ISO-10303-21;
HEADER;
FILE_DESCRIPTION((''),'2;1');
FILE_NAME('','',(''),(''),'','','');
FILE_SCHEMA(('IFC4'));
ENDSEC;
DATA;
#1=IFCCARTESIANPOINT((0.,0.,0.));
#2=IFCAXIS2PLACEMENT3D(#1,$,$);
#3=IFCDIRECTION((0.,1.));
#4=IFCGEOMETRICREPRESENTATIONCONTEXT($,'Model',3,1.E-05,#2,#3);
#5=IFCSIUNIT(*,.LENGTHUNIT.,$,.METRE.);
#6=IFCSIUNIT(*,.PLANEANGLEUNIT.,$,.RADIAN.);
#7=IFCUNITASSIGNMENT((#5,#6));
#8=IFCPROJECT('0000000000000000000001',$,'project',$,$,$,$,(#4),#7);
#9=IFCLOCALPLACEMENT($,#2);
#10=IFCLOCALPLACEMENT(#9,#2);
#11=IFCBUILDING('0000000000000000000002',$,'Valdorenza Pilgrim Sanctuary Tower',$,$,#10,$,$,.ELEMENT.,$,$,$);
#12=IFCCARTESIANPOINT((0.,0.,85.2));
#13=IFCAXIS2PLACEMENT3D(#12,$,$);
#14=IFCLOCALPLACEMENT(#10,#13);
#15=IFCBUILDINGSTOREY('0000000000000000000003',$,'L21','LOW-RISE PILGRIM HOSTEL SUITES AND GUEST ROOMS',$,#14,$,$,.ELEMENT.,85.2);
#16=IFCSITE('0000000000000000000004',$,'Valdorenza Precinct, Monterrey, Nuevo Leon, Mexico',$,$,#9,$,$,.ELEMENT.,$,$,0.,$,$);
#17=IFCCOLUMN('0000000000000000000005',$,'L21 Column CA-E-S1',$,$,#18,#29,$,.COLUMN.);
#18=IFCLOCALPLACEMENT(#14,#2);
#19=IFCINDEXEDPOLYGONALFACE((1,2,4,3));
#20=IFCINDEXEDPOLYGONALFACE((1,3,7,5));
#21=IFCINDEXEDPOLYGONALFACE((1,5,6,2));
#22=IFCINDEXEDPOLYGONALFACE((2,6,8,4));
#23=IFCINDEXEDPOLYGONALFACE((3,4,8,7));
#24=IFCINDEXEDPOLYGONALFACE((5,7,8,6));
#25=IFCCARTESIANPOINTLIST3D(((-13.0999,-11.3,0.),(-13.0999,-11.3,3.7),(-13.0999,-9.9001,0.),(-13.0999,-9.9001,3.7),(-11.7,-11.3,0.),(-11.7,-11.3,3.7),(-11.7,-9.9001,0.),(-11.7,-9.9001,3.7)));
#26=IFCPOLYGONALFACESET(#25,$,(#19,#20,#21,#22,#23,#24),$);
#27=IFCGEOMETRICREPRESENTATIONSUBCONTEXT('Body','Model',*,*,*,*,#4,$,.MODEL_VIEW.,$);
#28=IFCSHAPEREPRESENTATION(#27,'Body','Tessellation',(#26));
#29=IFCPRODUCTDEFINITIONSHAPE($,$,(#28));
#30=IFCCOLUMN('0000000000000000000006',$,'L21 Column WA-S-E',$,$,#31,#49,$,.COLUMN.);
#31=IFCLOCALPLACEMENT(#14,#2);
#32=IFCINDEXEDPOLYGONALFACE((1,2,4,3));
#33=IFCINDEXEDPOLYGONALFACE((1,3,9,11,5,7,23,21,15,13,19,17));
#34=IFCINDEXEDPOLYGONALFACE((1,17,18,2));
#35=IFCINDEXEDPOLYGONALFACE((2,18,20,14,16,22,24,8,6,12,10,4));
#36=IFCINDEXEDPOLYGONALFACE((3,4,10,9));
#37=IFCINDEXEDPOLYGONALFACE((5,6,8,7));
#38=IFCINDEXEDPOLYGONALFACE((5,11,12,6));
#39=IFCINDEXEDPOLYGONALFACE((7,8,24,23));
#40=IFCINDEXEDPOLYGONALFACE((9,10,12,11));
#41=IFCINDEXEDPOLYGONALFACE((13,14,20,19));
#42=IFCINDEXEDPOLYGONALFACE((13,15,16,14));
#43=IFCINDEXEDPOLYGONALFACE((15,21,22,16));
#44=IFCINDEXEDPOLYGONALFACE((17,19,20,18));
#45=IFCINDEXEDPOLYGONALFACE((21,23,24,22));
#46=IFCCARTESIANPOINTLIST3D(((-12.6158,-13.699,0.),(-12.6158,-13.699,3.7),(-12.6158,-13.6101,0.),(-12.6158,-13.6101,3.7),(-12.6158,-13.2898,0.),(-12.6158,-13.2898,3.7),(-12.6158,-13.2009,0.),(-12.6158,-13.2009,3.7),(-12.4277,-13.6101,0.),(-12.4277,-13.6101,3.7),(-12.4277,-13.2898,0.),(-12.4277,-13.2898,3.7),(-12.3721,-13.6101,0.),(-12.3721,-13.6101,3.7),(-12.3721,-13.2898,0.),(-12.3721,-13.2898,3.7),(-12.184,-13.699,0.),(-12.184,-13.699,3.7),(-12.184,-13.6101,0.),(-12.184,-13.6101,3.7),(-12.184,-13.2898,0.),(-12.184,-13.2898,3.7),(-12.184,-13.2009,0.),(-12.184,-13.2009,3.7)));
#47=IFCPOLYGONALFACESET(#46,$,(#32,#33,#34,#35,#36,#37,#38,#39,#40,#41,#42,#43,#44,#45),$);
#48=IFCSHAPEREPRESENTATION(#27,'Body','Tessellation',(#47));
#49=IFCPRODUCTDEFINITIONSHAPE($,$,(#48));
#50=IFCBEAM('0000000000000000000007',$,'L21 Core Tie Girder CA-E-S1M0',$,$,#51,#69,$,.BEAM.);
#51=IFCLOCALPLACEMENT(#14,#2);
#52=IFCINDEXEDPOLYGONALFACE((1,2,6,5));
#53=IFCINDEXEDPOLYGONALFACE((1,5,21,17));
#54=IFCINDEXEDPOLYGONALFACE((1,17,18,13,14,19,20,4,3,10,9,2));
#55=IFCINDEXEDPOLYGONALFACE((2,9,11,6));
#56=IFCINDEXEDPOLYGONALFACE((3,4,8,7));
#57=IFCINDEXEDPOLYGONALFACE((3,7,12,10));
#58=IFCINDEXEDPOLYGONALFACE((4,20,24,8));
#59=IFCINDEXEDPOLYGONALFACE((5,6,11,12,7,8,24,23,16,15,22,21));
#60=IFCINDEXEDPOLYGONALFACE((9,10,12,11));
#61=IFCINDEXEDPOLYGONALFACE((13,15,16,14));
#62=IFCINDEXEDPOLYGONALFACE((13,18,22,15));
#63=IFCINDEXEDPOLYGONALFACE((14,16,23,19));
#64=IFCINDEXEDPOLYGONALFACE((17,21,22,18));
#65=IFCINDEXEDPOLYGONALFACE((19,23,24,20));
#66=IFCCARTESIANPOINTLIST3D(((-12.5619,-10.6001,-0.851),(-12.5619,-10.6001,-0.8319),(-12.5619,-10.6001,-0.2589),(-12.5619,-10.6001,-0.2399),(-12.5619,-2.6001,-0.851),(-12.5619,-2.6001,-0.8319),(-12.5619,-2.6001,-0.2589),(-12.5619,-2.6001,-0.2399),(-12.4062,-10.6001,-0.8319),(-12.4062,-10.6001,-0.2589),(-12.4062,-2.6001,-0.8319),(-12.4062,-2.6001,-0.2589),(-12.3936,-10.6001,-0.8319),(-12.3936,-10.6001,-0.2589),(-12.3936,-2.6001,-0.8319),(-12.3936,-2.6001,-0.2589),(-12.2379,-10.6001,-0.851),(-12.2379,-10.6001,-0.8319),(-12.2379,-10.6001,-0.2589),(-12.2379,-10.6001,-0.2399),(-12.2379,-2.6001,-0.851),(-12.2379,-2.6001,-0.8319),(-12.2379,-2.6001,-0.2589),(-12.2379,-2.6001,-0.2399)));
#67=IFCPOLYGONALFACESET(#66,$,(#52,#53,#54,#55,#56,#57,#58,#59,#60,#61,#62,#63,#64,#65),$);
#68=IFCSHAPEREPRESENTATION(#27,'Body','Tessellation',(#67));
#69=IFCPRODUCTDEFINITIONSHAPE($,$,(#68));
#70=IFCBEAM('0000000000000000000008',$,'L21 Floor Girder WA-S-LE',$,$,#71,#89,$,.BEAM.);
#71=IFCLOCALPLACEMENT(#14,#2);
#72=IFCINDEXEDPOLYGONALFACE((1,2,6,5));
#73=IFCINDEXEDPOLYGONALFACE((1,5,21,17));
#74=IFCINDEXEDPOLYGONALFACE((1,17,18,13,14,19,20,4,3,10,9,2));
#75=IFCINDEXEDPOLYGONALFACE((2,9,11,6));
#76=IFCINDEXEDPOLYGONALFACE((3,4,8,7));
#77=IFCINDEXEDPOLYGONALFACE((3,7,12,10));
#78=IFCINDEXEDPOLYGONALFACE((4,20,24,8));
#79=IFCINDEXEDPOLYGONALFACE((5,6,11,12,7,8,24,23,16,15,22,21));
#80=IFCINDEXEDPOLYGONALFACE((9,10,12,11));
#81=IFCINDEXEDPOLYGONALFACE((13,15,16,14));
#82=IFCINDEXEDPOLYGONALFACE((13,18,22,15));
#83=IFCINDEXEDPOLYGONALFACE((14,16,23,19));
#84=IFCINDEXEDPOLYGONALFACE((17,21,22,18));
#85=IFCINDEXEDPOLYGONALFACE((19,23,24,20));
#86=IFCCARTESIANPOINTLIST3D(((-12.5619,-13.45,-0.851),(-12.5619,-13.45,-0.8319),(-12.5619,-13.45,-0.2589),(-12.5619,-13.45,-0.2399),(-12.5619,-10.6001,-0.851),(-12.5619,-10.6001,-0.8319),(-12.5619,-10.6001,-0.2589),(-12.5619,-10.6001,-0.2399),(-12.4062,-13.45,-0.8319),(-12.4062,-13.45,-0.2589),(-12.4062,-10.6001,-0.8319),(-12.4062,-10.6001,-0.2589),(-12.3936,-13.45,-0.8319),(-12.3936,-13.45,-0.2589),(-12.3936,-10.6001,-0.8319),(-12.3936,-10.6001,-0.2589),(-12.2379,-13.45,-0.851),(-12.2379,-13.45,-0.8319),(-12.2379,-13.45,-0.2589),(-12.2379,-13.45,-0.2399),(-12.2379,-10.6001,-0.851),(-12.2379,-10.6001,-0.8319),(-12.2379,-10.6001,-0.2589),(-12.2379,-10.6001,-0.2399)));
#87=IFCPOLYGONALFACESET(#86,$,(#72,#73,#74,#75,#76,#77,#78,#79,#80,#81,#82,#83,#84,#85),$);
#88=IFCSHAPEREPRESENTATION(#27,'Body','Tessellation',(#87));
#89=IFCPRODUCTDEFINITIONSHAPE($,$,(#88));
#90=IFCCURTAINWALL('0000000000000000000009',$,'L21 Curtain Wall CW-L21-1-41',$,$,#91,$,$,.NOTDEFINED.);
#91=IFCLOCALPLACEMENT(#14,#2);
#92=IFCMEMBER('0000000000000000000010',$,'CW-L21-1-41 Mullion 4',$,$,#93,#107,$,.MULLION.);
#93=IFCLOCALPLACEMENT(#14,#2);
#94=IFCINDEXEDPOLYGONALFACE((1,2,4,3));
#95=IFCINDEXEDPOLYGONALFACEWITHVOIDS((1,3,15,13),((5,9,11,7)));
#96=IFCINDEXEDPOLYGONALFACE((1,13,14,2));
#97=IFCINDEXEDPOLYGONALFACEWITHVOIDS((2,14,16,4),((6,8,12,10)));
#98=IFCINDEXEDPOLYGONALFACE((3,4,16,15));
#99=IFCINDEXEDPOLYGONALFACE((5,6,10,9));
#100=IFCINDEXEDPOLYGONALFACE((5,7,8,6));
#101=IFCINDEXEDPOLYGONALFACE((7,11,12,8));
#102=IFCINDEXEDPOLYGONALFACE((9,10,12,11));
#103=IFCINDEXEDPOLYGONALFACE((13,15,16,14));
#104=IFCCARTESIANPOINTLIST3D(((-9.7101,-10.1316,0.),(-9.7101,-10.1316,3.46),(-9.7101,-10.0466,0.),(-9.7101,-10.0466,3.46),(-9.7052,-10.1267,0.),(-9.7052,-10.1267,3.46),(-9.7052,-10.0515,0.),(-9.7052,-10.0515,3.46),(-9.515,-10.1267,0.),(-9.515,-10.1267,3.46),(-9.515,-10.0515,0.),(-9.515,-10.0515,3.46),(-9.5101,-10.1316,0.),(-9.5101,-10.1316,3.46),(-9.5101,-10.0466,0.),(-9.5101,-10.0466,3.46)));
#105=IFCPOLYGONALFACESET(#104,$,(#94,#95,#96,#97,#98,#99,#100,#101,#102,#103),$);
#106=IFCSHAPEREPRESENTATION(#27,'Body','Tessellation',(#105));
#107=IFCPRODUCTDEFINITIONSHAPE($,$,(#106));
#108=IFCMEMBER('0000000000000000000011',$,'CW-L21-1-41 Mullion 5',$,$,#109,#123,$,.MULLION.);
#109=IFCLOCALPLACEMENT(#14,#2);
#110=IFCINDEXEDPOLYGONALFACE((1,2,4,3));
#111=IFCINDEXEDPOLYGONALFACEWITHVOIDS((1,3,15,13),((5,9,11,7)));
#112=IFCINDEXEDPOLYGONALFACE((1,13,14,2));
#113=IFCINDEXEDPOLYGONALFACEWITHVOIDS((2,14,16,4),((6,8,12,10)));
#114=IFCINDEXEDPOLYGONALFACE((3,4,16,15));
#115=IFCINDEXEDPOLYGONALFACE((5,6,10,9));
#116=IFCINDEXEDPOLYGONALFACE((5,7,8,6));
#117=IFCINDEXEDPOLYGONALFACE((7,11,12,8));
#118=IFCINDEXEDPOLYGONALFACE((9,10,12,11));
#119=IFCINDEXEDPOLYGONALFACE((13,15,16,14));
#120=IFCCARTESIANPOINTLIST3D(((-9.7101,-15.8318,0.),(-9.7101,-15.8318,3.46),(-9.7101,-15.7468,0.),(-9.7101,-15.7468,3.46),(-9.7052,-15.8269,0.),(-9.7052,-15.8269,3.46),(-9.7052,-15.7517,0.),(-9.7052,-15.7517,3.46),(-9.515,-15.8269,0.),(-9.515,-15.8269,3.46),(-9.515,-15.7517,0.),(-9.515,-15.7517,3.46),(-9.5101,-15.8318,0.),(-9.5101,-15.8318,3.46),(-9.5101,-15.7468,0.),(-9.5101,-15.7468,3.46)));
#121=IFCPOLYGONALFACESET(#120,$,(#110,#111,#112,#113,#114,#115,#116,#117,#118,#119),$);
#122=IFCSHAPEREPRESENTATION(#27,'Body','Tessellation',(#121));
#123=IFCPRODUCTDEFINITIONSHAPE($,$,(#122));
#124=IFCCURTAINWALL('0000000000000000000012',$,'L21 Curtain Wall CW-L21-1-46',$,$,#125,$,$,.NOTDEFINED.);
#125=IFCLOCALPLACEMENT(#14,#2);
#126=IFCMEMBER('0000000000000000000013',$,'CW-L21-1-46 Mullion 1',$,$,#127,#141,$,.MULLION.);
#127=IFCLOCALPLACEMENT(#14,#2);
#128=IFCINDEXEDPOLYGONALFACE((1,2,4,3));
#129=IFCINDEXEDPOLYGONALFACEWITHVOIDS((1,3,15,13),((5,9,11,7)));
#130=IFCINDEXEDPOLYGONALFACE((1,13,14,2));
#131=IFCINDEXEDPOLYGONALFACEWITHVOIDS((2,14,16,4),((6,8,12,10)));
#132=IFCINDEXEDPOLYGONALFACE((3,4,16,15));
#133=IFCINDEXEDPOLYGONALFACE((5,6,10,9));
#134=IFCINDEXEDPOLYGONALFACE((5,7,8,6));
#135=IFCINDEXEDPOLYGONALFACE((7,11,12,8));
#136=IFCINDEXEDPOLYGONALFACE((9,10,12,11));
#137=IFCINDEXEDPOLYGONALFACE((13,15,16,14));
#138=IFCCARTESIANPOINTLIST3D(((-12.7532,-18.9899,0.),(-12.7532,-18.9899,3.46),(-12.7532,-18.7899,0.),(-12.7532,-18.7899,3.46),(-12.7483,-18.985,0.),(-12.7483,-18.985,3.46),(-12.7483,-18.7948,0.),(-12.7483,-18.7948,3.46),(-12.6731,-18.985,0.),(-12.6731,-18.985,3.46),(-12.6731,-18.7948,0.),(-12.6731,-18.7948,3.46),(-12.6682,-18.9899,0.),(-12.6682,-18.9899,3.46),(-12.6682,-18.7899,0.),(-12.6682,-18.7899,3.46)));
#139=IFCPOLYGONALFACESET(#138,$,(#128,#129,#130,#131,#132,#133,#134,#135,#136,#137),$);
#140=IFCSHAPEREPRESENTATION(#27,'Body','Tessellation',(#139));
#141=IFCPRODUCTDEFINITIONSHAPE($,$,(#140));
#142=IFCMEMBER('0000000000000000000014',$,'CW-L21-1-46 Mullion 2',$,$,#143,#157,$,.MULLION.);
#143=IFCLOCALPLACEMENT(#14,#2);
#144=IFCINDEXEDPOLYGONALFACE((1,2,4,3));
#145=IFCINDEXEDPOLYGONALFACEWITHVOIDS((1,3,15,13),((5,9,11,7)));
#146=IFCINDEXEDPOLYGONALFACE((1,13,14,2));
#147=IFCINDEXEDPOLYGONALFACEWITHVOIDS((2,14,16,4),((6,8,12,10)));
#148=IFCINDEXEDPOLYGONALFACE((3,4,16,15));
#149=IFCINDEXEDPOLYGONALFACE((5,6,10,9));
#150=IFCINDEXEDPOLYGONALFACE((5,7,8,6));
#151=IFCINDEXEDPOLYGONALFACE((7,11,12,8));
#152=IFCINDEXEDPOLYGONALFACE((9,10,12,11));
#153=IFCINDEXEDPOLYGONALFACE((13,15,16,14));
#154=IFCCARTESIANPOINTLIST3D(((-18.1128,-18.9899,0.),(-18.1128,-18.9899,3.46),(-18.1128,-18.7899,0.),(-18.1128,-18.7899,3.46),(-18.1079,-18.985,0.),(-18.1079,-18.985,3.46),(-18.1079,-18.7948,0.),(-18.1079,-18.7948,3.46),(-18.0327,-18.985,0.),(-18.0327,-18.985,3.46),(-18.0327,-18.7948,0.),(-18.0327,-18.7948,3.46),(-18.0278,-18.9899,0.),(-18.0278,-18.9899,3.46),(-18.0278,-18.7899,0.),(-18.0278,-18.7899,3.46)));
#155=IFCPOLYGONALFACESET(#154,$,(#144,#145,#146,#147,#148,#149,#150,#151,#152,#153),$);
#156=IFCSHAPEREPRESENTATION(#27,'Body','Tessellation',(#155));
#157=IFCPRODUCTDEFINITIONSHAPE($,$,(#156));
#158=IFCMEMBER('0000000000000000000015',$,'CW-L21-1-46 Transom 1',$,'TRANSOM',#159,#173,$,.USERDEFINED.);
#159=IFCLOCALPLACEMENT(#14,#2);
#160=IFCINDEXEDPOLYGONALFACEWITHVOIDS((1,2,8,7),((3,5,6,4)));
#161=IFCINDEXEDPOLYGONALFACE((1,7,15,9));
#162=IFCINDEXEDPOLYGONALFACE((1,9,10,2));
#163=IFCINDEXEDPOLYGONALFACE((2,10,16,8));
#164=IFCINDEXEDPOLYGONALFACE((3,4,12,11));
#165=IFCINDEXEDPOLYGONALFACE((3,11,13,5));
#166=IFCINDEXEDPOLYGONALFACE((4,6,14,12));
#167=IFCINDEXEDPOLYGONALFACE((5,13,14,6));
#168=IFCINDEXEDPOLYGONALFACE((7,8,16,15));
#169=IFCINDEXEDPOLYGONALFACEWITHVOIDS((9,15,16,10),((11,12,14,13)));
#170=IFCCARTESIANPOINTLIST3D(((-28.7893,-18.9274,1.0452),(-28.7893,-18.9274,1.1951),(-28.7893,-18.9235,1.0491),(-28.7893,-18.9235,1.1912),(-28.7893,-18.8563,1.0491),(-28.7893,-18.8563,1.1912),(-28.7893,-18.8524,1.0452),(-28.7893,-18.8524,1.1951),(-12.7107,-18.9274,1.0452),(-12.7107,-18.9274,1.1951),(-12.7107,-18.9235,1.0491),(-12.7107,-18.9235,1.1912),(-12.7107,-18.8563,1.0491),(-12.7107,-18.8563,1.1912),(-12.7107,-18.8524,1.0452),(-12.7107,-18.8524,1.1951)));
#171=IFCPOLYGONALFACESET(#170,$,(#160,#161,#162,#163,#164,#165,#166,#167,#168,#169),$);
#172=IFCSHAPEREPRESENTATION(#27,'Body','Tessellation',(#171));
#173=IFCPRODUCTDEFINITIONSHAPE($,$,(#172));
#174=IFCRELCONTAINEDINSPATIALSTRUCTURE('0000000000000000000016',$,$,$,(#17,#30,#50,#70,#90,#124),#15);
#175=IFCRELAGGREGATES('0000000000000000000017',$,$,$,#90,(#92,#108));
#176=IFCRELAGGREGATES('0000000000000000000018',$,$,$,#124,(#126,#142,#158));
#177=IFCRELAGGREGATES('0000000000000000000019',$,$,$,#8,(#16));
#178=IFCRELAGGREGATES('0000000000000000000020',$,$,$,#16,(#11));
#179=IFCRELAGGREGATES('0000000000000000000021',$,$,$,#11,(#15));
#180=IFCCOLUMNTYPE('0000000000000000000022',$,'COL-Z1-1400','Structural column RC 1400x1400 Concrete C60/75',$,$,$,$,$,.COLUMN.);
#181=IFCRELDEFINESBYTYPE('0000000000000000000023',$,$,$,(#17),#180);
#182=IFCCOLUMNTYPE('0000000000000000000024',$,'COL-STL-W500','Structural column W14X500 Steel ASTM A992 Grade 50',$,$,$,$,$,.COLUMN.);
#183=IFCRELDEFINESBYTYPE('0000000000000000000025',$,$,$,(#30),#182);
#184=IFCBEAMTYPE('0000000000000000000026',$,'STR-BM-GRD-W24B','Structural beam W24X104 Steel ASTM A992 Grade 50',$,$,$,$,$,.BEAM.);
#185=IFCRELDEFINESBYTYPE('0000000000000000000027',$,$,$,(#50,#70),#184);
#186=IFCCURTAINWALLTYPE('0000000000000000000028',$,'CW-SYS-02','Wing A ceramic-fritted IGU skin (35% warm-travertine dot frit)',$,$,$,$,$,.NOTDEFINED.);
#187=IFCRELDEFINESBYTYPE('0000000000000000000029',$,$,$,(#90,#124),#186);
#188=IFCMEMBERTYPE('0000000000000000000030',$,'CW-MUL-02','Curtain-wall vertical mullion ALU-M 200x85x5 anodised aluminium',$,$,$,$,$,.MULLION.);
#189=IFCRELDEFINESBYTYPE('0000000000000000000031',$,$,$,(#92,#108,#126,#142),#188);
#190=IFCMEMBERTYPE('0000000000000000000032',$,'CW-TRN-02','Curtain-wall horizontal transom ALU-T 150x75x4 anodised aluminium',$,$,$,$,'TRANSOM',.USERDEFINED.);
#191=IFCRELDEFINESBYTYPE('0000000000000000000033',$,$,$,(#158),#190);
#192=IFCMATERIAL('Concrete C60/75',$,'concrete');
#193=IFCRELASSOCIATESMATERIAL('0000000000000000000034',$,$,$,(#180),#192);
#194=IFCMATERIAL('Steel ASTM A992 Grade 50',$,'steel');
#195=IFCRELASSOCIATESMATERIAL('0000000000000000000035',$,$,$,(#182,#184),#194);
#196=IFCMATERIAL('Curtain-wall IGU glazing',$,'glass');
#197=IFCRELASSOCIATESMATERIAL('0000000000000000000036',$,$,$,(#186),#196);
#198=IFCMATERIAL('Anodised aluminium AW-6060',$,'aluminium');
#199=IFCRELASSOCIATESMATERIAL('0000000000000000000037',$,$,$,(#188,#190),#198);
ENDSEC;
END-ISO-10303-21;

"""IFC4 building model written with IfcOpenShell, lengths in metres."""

from ifc_helpers import new_model, si_unit, direction, frame, origin, origin_2d, place, context, subcontext, project, spatial, rectangle, hollow_rectangle, i_section, extrude, source, transform, mapped, material, material_profile, profile_set, type_object, element, aggregate, save


model = new_model("IFC4")

# Units and contexts
model_context = context("Model", 3, precision=1e-05, world=origin(), true_north=direction((0.0, 1.0)))
body_context = subcontext(model_context, "Body", "Model", "MODEL_VIEW")
ifc_project = project(units=[si_unit("LENGTHUNIT", "METRE"), si_unit("PLANEANGLEUNIT", "RADIAN")], contexts=[model_context])

# Site, building, storey
site_placement = place(None, origin())
site = spatial("IfcSite", under=ifc_project, at=site_placement, Name="Valdorenza Precinct, Monterrey, Nuevo Leon, Mexico", CompositionType="ELEMENT", RefElevation=0.0)
building_placement = place(site_placement, origin())
building = spatial("IfcBuilding", under=site, at=building_placement, Name="Valdorenza Pilgrim Sanctuary Tower", CompositionType="ELEMENT")
storey_placement = place(building_placement, frame((0.0, 0.0, 85.2)))
storey = spatial("IfcBuildingStorey", under=building, at=storey_placement, Name="L21", Description="LOW-RISE PILGRIM HOSTEL SUITES AND GUEST ROOMS", CompositionType="ELEMENT", Elevation=85.2)

# Columns
ifc_material_1 = material(Name="Concrete C60/75", Category="concrete")
ifc_material_profile_1 = material_profile(ifc_material_1, rectangle(XDim=1.3999, YDim=1.3999, at=origin_2d()), Name="RC 1400x1400")
ifc_profile_set_1 = profile_set([ifc_material_profile_1], Name="Concrete C60/75")
column_type_1 = type_object("IfcColumnType", Name="COL-Z1-1400", Description="Structural column RC 1400x1400 Concrete C60/75", PredefinedType="COLUMN", material=ifc_profile_set_1)
shared_shape_1 = source(origin(), body_context, "Body", "SweptSolid", [
    extrude(rectangle(XDim=1.3999, YDim=1.3999, at=origin_2d()), origin(), (0.0, 0.0, 1.0), 3.7),
])
column_1_placement = place(storey_placement, frame((-12.3999, -10.6001, 0.0), z_axis=(0.0, 0.0, 1.0), x_axis=(1.0, 0.0, 0.0)))
element("IfcColumn", 1, at=column_1_placement, inside=storey, type_object=column_type_1, Name="L21 Column CA-E-S1", PredefinedType="COLUMN", context=body_context, shape_type="MappedRepresentation", body=[
    mapped(shared_shape_1, transform((0.0, 0.0, 0.0), x_axis=(1.0, 0.0, 0.0), y_axis=(0.0, 1.0, 0.0), z_axis=(0.0, 0.0, 1.0), scale=1.0)),
])
ifc_material_2 = material(Name="Steel ASTM A992 Grade 50", Category="steel")
ifc_material_profile_2 = material_profile(ifc_material_2, i_section(OverallWidth=0.4319, OverallDepth=0.498, WebThickness=0.0557, FlangeThickness=0.0889, at=origin_2d()), Name="W14X500")
ifc_profile_set_2 = profile_set([ifc_material_profile_2], Name="Steel ASTM A992 Grade 50")
column_type_2 = type_object("IfcColumnType", Name="COL-STL-W500", Description="Structural column W14X500 Steel ASTM A992 Grade 50", PredefinedType="COLUMN", material=ifc_profile_set_2)
shared_shape_2 = source(origin(), body_context, "Body", "SweptSolid", [
    extrude(i_section(OverallWidth=0.4319, OverallDepth=0.498, WebThickness=0.0557, FlangeThickness=0.0889, at=origin_2d()), origin(), (0.0, 0.0, 1.0), 3.7),
])
column_2_placement = place(storey_placement, frame((-12.3999, -13.45, 0.0), z_axis=(0.0, 0.0, 1.0), x_axis=(1.0, 0.0, 0.0)))
element("IfcColumn", 2, at=column_2_placement, inside=storey, type_object=column_type_2, Name="L21 Column WA-S-E", PredefinedType="COLUMN", context=body_context, shape_type="MappedRepresentation", body=[
    mapped(shared_shape_2, transform((0.0, 0.0, 0.0), x_axis=(1.0, 0.0, 0.0), y_axis=(0.0, 1.0, 0.0), z_axis=(0.0, 0.0, 1.0), scale=1.0)),
])

# Beams
ifc_material_profile_3 = material_profile(ifc_material_2, i_section(OverallWidth=0.324, OverallDepth=0.6111, WebThickness=0.0127, FlangeThickness=0.019, at=origin_2d()), Name="W24X104")
ifc_profile_set_3 = profile_set([ifc_material_profile_3], Name="Steel ASTM A992 Grade 50")
beam_type = type_object("IfcBeamType", Name="STR-BM-GRD-W24B", Description="Structural beam W24X104 Steel ASTM A992 Grade 50", PredefinedType="BEAM", material=ifc_profile_set_3)
shared_shape_3 = source(origin(), body_context, "Body", "SweptSolid", [
    extrude(i_section(OverallWidth=0.324, OverallDepth=0.6111, WebThickness=0.0127, FlangeThickness=0.019, at=origin_2d()), origin(), (0.0, 0.0, 1.0), 8.0),
])
beam_1_placement = place(storey_placement, frame((-12.3999, -10.6001, -0.5454), z_axis=(0.0, 1.0, 0.0), x_axis=(-1.0, 0.0, 0.0)))
element("IfcBeam", 3, at=beam_1_placement, inside=storey, type_object=beam_type, Name="L21 Core Tie Girder CA-E-S1M0", PredefinedType="BEAM", context=body_context, shape_type="MappedRepresentation", body=[
    mapped(shared_shape_3, transform((0.0, 0.0, 0.0), x_axis=(1.0, 0.0, 0.0), y_axis=(0.0, 1.0, 0.0), z_axis=(0.0, 0.0, 1.0), scale=1.0)),
])
shared_shape_4 = source(origin(), body_context, "Body", "SweptSolid", [
    extrude(i_section(OverallWidth=0.324, OverallDepth=0.6111, WebThickness=0.0127, FlangeThickness=0.019, at=origin_2d()), origin(), (0.0, 0.0, 1.0), 2.8499),
])
beam_2_placement = place(storey_placement, frame((-12.3999, -13.45, -0.5454), z_axis=(0.0, 1.0, 0.0), x_axis=(-1.0, 0.0, 0.0)))
element("IfcBeam", 4, at=beam_2_placement, inside=storey, type_object=beam_type, Name="L21 Floor Girder WA-S-LE", PredefinedType="BEAM", context=body_context, shape_type="MappedRepresentation", body=[
    mapped(shared_shape_4, transform((0.0, 0.0, 0.0), x_axis=(1.0, 0.0, 0.0), y_axis=(0.0, 1.0, 0.0), z_axis=(0.0, 0.0, 1.0), scale=1.0)),
])

# Curtain walls, members
ifc_material_3 = material(Name="Curtain-wall IGU glazing", Category="glass")
curtain_wall_type = type_object("IfcCurtainWallType", Name="CW-SYS-02", Description="Wing A ceramic-fritted IGU skin (35% warm-travertine dot frit)", PredefinedType="NOTDEFINED", material=ifc_material_3)
curtain_wall_1_placement = place(storey_placement, origin())
curtain_wall_1 = element("IfcCurtainWall", 5, at=curtain_wall_1_placement, inside=storey, type_object=curtain_wall_type, Name="L21 Curtain Wall CW-L21-1-41", PredefinedType="NOTDEFINED")
ifc_material_4 = material(Name="Anodised aluminium AW-6060", Category="aluminium")
ifc_material_profile_4 = material_profile(ifc_material_4, hollow_rectangle(XDim=0.085, YDim=0.2, WallThickness=0.0049, at=origin_2d()), Name="ALU-M 200x85x5")
ifc_profile_set_4 = profile_set([ifc_material_profile_4], Name="Anodised aluminium AW-6060")
member_type_1 = type_object("IfcMemberType", Name="CW-MUL-02", Description="Curtain-wall vertical mullion ALU-M 200x85x5 anodised aluminium", PredefinedType="MULLION", material=ifc_profile_set_4)
shared_shape_5 = source(origin(), body_context, "Body", "SweptSolid", [
    extrude(hollow_rectangle(XDim=0.085, YDim=0.2, WallThickness=0.0049, at=origin_2d()), origin(), (0.0, 0.0, 1.0), 3.46),
])
member_1_placement = place(storey_placement, frame((-9.6101, -10.0891, 0.0), z_axis=(0.0, 0.0, 1.0), x_axis=(0.0, -1.0, 0.0)))
member_1 = element("IfcMember", 6, at=member_1_placement, type_object=member_type_1, Name="CW-L21-1-41 Mullion 4", PredefinedType="MULLION", context=body_context, shape_type="MappedRepresentation", body=[
    mapped(shared_shape_5, transform((0.0, 0.0, 0.0), x_axis=(1.0, 0.0, 0.0), y_axis=(0.0, 1.0, 0.0), z_axis=(0.0, 0.0, 1.0), scale=1.0)),
])
member_2_placement = place(storey_placement, frame((-9.6101, -15.7893, 0.0), z_axis=(0.0, 0.0, 1.0), x_axis=(0.0, -1.0, 0.0)))
member_2 = element("IfcMember", 7, at=member_2_placement, type_object=member_type_1, Name="CW-L21-1-41 Mullion 5", PredefinedType="MULLION", context=body_context, shape_type="MappedRepresentation", body=[
    mapped(shared_shape_5, transform((0.0, 0.0, 0.0), x_axis=(1.0, 0.0, 0.0), y_axis=(0.0, 1.0, 0.0), z_axis=(0.0, 0.0, 1.0), scale=1.0)),
])
curtain_wall_2_placement = place(storey_placement, origin())
curtain_wall_2 = element("IfcCurtainWall", 8, at=curtain_wall_2_placement, inside=storey, type_object=curtain_wall_type, Name="L21 Curtain Wall CW-L21-1-46", PredefinedType="NOTDEFINED")
member_3_placement = place(storey_placement, frame((-12.7107, -18.8899, 0.0), z_axis=(0.0, 0.0, 1.0), x_axis=(-1.0, 0.0, 0.0)))
member_3 = element("IfcMember", 9, at=member_3_placement, type_object=member_type_1, Name="CW-L21-1-46 Mullion 1", PredefinedType="MULLION", context=body_context, shape_type="MappedRepresentation", body=[
    mapped(shared_shape_5, transform((0.0, 0.0, 0.0), x_axis=(1.0, 0.0, 0.0), y_axis=(0.0, 1.0, 0.0), z_axis=(0.0, 0.0, 1.0), scale=1.0)),
])
member_4_placement = place(storey_placement, frame((-18.0703, -18.8899, 0.0), z_axis=(0.0, 0.0, 1.0), x_axis=(-1.0, 0.0, 0.0)))
member_4 = element("IfcMember", 10, at=member_4_placement, type_object=member_type_1, Name="CW-L21-1-46 Mullion 2", PredefinedType="MULLION", context=body_context, shape_type="MappedRepresentation", body=[
    mapped(shared_shape_5, transform((0.0, 0.0, 0.0), x_axis=(1.0, 0.0, 0.0), y_axis=(0.0, 1.0, 0.0), z_axis=(0.0, 0.0, 1.0), scale=1.0)),
])
ifc_material_profile_5 = material_profile(ifc_material_4, hollow_rectangle(XDim=0.075, YDim=0.1499, WallThickness=0.0039, at=origin_2d()), Name="ALU-T 150x75x4")
ifc_profile_set_5 = profile_set([ifc_material_profile_5], Name="Anodised aluminium AW-6060")
member_type_2 = type_object("IfcMemberType", Name="CW-TRN-02", Description="Curtain-wall horizontal transom ALU-T 150x75x4 anodised aluminium", ElementType="TRANSOM", PredefinedType="USERDEFINED", material=ifc_profile_set_5)
shared_shape_6 = source(origin(), body_context, "Body", "SweptSolid", [
    extrude(hollow_rectangle(XDim=0.075, YDim=0.1499, WallThickness=0.0039, at=origin_2d()), origin(), (0.0, 0.0, 1.0), 16.0786),
])
member_5_placement = place(storey_placement, frame((-12.7107, -18.8899, 1.1201), z_axis=(-1.0, 0.0, 0.0), x_axis=(0.0, -1.0, 0.0)))
member_5 = element("IfcMember", 11, at=member_5_placement, type_object=member_type_2, Name="CW-L21-1-46 Transom 1", ObjectType="TRANSOM", PredefinedType="USERDEFINED", context=body_context, shape_type="MappedRepresentation", body=[
    mapped(shared_shape_6, transform((0.0, 0.0, 0.0), x_axis=(1.0, 0.0, 0.0), y_axis=(0.0, 1.0, 0.0), z_axis=(0.0, 0.0, 1.0), scale=1.0)),
])

aggregate(curtain_wall_1, [member_1, member_2])
aggregate(curtain_wall_2, [member_3, member_4, member_5])

save(model, "model.ifc")
